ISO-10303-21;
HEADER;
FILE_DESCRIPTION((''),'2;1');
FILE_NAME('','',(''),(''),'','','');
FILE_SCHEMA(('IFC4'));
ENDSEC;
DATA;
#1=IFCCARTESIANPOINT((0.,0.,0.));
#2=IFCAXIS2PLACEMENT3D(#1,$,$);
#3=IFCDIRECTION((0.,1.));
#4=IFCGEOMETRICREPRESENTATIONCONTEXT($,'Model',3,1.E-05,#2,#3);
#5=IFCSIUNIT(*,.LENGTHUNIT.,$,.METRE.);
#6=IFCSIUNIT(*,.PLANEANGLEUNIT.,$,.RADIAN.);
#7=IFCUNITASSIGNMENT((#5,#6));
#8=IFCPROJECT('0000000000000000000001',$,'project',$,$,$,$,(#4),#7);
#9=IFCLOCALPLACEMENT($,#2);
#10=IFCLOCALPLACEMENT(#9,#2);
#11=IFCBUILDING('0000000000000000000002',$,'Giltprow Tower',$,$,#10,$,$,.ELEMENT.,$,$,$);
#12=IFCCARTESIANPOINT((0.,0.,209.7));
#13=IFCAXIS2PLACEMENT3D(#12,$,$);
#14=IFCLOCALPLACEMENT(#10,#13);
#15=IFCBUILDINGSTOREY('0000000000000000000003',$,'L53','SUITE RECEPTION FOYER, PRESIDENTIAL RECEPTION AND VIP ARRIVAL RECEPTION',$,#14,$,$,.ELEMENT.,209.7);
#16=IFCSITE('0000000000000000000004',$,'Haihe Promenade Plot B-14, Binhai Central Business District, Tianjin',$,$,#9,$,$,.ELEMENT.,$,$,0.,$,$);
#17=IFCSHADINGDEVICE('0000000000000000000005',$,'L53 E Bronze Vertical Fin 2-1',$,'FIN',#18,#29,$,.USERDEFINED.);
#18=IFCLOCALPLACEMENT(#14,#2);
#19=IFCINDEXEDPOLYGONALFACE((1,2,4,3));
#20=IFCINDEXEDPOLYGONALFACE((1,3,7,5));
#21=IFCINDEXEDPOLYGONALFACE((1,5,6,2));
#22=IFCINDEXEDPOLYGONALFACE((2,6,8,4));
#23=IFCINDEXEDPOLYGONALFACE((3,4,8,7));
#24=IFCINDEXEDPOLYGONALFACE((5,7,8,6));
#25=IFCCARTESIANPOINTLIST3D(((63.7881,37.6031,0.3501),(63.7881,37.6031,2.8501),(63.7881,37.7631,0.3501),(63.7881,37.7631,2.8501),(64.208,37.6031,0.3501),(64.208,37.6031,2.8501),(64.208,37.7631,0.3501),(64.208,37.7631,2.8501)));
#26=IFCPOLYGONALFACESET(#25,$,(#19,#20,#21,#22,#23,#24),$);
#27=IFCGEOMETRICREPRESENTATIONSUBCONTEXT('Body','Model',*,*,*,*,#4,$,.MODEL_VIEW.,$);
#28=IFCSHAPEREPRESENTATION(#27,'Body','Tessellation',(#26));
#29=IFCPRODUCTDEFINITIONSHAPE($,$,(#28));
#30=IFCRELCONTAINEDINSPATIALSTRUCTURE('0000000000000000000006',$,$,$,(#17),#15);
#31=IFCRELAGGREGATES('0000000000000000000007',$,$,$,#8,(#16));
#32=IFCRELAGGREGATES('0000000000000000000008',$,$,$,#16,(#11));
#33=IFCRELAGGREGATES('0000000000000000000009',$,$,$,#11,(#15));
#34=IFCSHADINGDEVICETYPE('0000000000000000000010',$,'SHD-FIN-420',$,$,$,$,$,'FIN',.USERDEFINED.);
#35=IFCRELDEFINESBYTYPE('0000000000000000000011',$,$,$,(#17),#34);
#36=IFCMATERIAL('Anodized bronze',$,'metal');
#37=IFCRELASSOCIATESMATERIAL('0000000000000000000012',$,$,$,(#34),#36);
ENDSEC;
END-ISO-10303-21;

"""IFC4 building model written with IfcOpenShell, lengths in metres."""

from ifc_helpers import new_model, si_unit, direction, frame, origin, origin_2d, place, context, subcontext, project, spatial, rectangle, extrude, source, transform, mapped, material, type_object, element, save


model = new_model("IFC4")

# Units and contexts
model_context = context("Model", 3, precision=1e-05, world=origin(), true_north=direction((0.0, 1.0)))
body_context = subcontext(model_context, "Body", "Model", "MODEL_VIEW")
ifc_project = project(units=[si_unit("LENGTHUNIT", "METRE"), si_unit("PLANEANGLEUNIT", "RADIAN")], contexts=[model_context])

# Site, building, storey
site_placement = place(None, origin())
site = spatial("IfcSite", under=ifc_project, at=site_placement, Name="Haihe Promenade Plot B-14, Binhai Central Business District, Tianjin", CompositionType="ELEMENT", RefElevation=0.0)
building_placement = place(site_placement, origin())
building = spatial("IfcBuilding", under=site, at=building_placement, Name="Giltprow Tower", CompositionType="ELEMENT")
storey_placement = place(building_placement, frame((0.0, 0.0, 209.7)))
storey = spatial("IfcBuildingStorey", under=building, at=storey_placement, Name="L53", Description="SUITE RECEPTION FOYER, PRESIDENTIAL RECEPTION AND VIP ARRIVAL RECEPTION", CompositionType="ELEMENT", Elevation=209.7)

# Shared definitions
ifc_material_1 = material(Name="Anodized bronze", Category="metal")

# Shading device
shading_device_type = type_object("IfcShadingDeviceType", Name="SHD-FIN-420", ElementType="FIN", PredefinedType="USERDEFINED", material=ifc_material_1)
shared_shape_1 = source(origin(), body_context, "Body", "SweptSolid", [
    extrude(rectangle(XDim=0.4199, YDim=0.1599, at=origin_2d()), origin(), (0.0, 0.0, 1.0), 2.5),
])
shading_device_placement = place(storey_placement, frame((63.998, 37.6831, 0.3501), z_axis=(0.0, 0.0, 1.0), x_axis=(1.0, 0.0, 0.0)))
element("IfcShadingDevice", 1, at=shading_device_placement, inside=storey, type_object=shading_device_type, Name="L53 E Bronze Vertical Fin 2-1", ObjectType="FIN", PredefinedType="USERDEFINED", context=body_context, shape_type="MappedRepresentation", body=[
    mapped(shared_shape_1, transform((0.0, 0.0, 0.0), x_axis=(1.0, 0.0, 0.0), y_axis=(0.0, 1.0, 0.0), z_axis=(0.0, 0.0, 1.0), scale=1.0)),
])

save(model, "model.ifc")
